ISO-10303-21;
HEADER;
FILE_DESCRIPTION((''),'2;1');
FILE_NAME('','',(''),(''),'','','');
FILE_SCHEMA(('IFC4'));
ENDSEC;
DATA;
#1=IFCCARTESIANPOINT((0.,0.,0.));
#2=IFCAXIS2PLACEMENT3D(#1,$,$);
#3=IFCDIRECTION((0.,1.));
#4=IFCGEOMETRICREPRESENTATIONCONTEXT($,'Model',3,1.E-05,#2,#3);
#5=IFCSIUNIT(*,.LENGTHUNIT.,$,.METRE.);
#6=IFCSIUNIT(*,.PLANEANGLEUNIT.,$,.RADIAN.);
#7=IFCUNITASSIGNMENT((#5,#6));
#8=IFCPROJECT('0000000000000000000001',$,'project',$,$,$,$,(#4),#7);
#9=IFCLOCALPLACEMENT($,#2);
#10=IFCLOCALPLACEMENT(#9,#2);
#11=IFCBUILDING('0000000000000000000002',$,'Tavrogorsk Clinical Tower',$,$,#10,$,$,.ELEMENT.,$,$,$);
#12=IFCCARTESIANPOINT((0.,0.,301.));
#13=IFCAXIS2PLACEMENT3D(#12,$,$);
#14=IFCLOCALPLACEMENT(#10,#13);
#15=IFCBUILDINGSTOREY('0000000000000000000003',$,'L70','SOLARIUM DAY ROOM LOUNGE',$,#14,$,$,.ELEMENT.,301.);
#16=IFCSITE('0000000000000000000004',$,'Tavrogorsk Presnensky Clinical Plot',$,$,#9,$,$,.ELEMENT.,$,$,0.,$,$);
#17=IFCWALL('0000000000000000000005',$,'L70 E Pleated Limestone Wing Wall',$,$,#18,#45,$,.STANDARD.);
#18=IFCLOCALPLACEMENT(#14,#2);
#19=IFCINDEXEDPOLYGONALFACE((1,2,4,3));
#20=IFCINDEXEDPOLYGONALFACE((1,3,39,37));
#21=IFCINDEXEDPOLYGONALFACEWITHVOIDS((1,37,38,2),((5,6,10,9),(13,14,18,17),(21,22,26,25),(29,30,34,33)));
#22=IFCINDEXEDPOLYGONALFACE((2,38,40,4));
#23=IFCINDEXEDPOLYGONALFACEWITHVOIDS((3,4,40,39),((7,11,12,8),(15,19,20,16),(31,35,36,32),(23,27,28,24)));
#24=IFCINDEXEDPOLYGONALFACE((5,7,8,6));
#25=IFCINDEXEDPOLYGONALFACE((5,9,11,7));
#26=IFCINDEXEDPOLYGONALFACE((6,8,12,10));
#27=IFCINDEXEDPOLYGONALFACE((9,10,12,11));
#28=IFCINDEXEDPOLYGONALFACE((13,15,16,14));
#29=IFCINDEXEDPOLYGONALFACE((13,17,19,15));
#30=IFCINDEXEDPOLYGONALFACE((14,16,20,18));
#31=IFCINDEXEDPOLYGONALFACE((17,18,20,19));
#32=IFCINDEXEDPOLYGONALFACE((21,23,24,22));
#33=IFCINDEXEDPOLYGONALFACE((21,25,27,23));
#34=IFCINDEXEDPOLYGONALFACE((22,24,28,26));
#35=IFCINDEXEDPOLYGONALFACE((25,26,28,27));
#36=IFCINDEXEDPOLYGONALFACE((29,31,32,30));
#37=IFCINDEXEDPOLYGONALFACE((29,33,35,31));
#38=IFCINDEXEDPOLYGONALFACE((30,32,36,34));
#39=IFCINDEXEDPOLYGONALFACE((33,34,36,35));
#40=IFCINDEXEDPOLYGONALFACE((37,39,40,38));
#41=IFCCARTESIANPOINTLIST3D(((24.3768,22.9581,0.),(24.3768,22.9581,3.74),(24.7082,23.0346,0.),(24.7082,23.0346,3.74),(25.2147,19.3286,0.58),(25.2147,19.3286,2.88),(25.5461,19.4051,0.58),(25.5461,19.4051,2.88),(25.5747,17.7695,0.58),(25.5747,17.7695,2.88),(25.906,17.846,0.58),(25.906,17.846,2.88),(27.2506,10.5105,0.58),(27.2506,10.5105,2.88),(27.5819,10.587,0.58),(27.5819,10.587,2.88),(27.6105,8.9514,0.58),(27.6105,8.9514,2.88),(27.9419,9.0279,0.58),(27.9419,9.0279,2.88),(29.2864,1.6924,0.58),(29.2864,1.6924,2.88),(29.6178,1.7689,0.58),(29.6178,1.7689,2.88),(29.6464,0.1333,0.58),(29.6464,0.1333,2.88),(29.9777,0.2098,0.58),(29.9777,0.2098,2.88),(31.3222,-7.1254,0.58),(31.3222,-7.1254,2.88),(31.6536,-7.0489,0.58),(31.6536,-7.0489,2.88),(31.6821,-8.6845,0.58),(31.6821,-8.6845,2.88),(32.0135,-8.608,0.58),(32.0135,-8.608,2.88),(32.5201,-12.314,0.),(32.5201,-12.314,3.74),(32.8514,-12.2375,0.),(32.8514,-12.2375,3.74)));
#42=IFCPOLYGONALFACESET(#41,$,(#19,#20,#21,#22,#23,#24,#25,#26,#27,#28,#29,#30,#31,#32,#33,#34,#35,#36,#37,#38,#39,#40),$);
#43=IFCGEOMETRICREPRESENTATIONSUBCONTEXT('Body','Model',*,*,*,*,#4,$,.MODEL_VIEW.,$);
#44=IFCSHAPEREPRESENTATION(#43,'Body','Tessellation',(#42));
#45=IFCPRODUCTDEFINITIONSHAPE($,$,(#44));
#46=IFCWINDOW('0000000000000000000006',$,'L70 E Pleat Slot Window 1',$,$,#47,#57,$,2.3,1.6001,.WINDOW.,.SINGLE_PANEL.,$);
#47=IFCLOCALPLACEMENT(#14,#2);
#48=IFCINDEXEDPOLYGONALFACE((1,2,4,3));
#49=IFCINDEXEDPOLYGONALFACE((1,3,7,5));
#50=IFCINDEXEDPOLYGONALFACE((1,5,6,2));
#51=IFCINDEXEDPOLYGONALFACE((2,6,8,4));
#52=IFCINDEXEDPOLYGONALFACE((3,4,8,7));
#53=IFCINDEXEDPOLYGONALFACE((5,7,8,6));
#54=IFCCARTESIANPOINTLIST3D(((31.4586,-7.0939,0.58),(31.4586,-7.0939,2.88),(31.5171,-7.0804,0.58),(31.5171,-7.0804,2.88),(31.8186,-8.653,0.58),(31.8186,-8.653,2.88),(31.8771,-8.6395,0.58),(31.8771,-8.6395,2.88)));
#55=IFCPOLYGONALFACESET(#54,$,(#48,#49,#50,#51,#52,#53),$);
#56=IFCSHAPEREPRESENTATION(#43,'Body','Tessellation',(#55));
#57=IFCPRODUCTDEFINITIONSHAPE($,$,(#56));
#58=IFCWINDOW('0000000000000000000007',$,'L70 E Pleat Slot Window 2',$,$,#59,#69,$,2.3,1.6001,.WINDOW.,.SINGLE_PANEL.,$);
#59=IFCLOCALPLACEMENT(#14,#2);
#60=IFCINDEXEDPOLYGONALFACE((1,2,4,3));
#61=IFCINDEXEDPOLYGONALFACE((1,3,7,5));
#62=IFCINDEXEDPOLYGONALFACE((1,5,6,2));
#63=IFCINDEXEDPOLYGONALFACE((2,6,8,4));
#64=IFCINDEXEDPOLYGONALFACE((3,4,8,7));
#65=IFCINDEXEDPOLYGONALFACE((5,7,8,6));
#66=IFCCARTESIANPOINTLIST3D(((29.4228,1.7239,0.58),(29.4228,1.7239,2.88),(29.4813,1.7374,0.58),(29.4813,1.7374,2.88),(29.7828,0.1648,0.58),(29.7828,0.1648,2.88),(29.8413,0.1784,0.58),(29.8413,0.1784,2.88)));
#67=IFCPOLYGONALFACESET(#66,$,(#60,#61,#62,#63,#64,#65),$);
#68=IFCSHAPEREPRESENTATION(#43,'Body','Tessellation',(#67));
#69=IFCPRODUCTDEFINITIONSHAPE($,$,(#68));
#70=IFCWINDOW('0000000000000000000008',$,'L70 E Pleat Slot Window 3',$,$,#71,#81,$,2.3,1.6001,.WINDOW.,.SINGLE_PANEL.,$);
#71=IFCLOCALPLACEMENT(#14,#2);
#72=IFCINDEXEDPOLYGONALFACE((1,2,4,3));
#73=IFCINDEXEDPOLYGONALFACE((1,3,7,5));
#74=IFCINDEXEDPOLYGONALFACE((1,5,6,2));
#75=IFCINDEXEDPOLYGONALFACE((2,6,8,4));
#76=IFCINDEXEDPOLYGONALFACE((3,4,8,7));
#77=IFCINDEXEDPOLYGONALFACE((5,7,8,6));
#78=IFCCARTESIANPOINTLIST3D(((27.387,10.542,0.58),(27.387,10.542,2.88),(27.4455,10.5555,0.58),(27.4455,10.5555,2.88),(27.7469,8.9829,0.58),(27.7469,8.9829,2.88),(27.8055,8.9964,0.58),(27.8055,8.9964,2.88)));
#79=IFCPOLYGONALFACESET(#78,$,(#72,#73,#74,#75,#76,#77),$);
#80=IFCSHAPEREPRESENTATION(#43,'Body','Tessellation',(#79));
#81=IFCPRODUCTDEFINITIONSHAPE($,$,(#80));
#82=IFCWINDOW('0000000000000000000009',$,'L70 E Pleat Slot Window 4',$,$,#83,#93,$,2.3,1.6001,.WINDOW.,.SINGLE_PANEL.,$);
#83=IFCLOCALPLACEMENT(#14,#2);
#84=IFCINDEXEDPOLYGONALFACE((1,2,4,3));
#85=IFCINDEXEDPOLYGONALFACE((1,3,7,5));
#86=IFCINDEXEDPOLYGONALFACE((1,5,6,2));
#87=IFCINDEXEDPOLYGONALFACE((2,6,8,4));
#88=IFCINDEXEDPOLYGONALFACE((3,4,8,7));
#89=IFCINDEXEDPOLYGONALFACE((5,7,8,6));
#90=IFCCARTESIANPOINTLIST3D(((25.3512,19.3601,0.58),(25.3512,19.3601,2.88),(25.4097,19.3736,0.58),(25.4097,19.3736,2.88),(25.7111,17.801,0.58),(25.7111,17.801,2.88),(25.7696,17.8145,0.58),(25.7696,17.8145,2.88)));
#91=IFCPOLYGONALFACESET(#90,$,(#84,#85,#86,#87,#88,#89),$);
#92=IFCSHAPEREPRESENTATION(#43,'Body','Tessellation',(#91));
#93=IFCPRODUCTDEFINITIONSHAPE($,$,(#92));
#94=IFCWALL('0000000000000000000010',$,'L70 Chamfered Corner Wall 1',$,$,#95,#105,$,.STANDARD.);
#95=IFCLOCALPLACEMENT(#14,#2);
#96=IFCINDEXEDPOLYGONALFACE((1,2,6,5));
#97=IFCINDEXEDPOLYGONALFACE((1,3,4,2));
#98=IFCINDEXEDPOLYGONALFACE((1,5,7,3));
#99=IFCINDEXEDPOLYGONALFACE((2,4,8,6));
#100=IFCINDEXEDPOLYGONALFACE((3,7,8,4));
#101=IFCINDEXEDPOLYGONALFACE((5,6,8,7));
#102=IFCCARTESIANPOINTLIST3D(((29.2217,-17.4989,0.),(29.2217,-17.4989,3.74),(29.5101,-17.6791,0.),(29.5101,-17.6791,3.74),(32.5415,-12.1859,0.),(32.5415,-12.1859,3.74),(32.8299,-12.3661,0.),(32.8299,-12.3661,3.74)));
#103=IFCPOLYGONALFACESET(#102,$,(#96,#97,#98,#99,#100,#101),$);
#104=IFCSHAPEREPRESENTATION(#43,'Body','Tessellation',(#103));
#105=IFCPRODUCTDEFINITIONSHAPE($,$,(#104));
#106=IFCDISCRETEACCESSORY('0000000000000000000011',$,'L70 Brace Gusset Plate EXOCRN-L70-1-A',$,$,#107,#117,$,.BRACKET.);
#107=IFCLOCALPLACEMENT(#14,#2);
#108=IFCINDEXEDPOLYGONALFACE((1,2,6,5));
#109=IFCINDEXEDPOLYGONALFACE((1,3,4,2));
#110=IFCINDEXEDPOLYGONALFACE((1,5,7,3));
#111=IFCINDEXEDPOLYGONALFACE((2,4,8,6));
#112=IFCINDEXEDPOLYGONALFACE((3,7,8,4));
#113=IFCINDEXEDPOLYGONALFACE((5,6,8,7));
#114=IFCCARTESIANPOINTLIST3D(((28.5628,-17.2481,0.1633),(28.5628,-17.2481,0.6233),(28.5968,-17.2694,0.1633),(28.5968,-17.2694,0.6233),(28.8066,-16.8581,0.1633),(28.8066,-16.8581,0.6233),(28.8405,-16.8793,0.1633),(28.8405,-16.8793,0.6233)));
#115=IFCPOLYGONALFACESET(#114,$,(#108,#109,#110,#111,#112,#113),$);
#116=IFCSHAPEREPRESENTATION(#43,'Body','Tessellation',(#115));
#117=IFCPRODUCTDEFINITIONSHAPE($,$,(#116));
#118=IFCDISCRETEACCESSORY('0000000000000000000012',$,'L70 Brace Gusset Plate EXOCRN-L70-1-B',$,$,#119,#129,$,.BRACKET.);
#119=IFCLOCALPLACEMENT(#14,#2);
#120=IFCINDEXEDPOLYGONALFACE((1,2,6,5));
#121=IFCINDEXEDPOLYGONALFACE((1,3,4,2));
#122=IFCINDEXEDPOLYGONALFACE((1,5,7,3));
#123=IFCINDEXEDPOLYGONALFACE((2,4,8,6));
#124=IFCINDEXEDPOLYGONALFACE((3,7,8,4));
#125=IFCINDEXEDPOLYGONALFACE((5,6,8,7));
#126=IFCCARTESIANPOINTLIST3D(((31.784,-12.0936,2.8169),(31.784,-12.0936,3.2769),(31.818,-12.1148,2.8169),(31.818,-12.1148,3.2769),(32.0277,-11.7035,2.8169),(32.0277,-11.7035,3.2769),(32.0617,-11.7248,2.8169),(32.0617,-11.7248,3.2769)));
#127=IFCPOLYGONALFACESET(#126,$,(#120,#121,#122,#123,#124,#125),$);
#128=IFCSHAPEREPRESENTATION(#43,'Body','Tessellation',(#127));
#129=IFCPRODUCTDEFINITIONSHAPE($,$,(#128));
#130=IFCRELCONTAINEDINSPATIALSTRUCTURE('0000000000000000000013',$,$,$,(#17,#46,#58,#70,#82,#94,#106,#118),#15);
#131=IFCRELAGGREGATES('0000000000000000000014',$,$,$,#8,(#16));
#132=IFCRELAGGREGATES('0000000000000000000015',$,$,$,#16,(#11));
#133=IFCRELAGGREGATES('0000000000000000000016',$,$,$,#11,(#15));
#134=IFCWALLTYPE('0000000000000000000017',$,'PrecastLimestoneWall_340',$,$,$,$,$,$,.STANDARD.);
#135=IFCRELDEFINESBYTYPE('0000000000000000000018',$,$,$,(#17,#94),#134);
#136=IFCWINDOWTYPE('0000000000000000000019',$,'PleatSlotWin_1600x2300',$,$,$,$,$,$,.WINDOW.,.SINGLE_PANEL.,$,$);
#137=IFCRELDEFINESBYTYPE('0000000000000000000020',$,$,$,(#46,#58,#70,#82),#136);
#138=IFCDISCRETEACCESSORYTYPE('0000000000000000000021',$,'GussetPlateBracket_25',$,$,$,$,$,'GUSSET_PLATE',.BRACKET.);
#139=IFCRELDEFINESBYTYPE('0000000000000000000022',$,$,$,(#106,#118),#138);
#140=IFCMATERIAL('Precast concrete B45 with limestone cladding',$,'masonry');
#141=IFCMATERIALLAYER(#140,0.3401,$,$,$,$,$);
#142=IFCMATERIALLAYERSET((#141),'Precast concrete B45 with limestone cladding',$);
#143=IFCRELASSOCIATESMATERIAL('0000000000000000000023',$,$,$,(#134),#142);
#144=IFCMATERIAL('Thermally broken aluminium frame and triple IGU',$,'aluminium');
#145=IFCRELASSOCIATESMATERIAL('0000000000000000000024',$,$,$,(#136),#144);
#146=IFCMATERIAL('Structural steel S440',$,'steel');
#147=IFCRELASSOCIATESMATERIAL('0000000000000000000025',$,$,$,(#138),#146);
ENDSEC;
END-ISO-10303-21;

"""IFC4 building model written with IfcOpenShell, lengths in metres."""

from ifc_helpers import new_model, si_unit, direction, frame, frame_2d, origin, origin_2d, place, context, subcontext, project, spatial, rectangle, extrude, material, layer, layer_set, type_object, element, fill, save


model = new_model("IFC4")

# Units and contexts
model_context = context("Model", 3, precision=1e-05, world=origin(), true_north=direction((0.0, 1.0)))
body_context = subcontext(model_context, "Body", "Model", "MODEL_VIEW")
ifc_project = project(units=[si_unit("LENGTHUNIT", "METRE"), si_unit("PLANEANGLEUNIT", "RADIAN")], contexts=[model_context])

# Site, building, storey
site_placement = place(None, origin())
site = spatial("IfcSite", under=ifc_project, at=site_placement, Name="Tavrogorsk Presnensky Clinical Plot", CompositionType="ELEMENT", RefElevation=0.0)
building_placement = place(site_placement, origin())
building = spatial("IfcBuilding", under=site, at=building_placement, Name="Tavrogorsk Clinical Tower", CompositionType="ELEMENT")
storey_placement = place(building_placement, frame((0.0, 0.0, 301.0)))
storey = spatial("IfcBuildingStorey", under=building, at=storey_placement, Name="L70", Description="SOLARIUM DAY ROOM LOUNGE", CompositionType="ELEMENT", Elevation=301.0)

# Wall, openings, windows
ifc_material_1 = material(Name="Precast concrete B45 with limestone cladding", Category="masonry")
ifc_layer_1 = layer(ifc_material_1, 0.3401)
ifc_layer_set_1 = layer_set([ifc_layer_1], Name="Precast concrete B45 with limestone cladding")
wall_type_1 = type_object("IfcWallType", Name="PrecastLimestoneWall_340", PredefinedType="STANDARD", material=ifc_layer_set_1)
wall_1_placement = place(storey_placement, frame((32.6858, -12.2759, 0.0), z_axis=(0.0, 0.0, 1.0), x_axis=(-0.224953, 0.97437, 0.0)))
wall_1 = element("IfcWall", 1, at=wall_1_placement, inside=storey, type_object=wall_type_1, Name="L70 E Pleated Limestone Wing Wall", PredefinedType="STANDARD", context=body_context, shape_type="SweptSolid", body=[
    extrude(rectangle(XDim=36.2, YDim=0.3401, at=frame_2d((18.1001, 0.0))), origin(), (0.0, 0.0, 1.0), 3.74),
])
opening_1_placement = place(wall_1_placement, frame((3.7251, 0.0, 0.5801)))
opening_1 = element("IfcOpeningElement", 2, at=opening_1_placement, cuts=wall_1, PredefinedType="OPENING", context=body_context, shape_type="SweptSolid", body=[
    extrude(rectangle(XDim=1.6001, YDim=2.3, at=frame_2d((0.8, 1.1499))), frame((0.0, 0.1799, 0.0), z_axis=(0.0, -1.0, 0.0), x_axis=(1.0, 0.0, 0.0)), (0.0, 0.0, 1.0), 0.3601),
])
opening_2_placement = place(wall_1_placement, frame((12.7749, 0.0, 0.5801)))
opening_2 = element("IfcOpeningElement", 3, at=opening_2_placement, cuts=wall_1, PredefinedType="OPENING", context=body_context, shape_type="SweptSolid", body=[
    extrude(rectangle(XDim=1.6001, YDim=2.3, at=frame_2d((0.8, 1.1499))), frame((0.0, 0.1799, 0.0), z_axis=(0.0, -1.0, 0.0), x_axis=(1.0, 0.0, 0.0)), (0.0, 0.0, 1.0), 0.3601),
])
opening_3_placement = place(wall_1_placement, frame((21.825, 0.0, 0.5801)))
opening_3 = element("IfcOpeningElement", 4, at=opening_3_placement, cuts=wall_1, PredefinedType="OPENING", context=body_context, shape_type="SweptSolid", body=[
    extrude(rectangle(XDim=1.6001, YDim=2.3, at=frame_2d((0.8, 1.1499))), frame((0.0, 0.1799, 0.0), z_axis=(0.0, -1.0, 0.0), x_axis=(1.0, 0.0, 0.0)), (0.0, 0.0, 1.0), 0.3601),
])
opening_4_placement = place(wall_1_placement, frame((30.875, 0.0, 0.5801)))
opening_4 = element("IfcOpeningElement", 5, at=opening_4_placement, cuts=wall_1, PredefinedType="OPENING", context=body_context, shape_type="SweptSolid", body=[
    extrude(rectangle(XDim=1.6001, YDim=2.3, at=frame_2d((0.8, 1.1499))), frame((0.0, 0.1799, 0.0), z_axis=(0.0, -1.0, 0.0), x_axis=(1.0, 0.0, 0.0)), (0.0, 0.0, 1.0), 0.3601),
])
ifc_material_2 = material(Name="Thermally broken aluminium frame and triple IGU", Category="aluminium")
window_type = type_object("IfcWindowType", Name="PleatSlotWin_1600x2300", PartitioningType="SINGLE_PANEL", PredefinedType="WINDOW", material=ifc_material_2)
window_1_placement = place(opening_1_placement, origin())
window_1 = element("IfcWindow", 6, at=window_1_placement, inside=storey, type_object=window_type, Name="L70 E Pleat Slot Window 1", OverallHeight=2.3, OverallWidth=1.6001, PartitioningType="SINGLE_PANEL", PredefinedType="WINDOW", context=body_context, shape_type="SweptSolid", body=[
    extrude(rectangle(XDim=1.6001, YDim=2.3, at=frame_2d((0.8, 1.1499))), frame((0.0, 0.03, 0.0), z_axis=(0.0, -1.0, 0.0), x_axis=(1.0, 0.0, 0.0)), (0.0, 0.0, 1.0), 0.0601),
])
fill(opening_1, window_1)
window_2_placement = place(opening_2_placement, origin())
window_2 = element("IfcWindow", 7, at=window_2_placement, inside=storey, type_object=window_type, Name="L70 E Pleat Slot Window 2", OverallHeight=2.3, OverallWidth=1.6001, PartitioningType="SINGLE_PANEL", PredefinedType="WINDOW", context=body_context, shape_type="SweptSolid", body=[
    extrude(rectangle(XDim=1.6001, YDim=2.3, at=frame_2d((0.8, 1.1499))), frame((0.0, 0.03, 0.0), z_axis=(0.0, -1.0, 0.0), x_axis=(1.0, 0.0, 0.0)), (0.0, 0.0, 1.0), 0.0601),
])
fill(opening_2, window_2)
window_3_placement = place(opening_3_placement, origin())
window_3 = element("IfcWindow", 8, at=window_3_placement, inside=storey, type_object=window_type, Name="L70 E Pleat Slot Window 3", OverallHeight=2.3, OverallWidth=1.6001, PartitioningType="SINGLE_PANEL", PredefinedType="WINDOW", context=body_context, shape_type="SweptSolid", body=[
    extrude(rectangle(XDim=1.6001, YDim=2.3, at=frame_2d((0.8, 1.1499))), frame((0.0, 0.03, 0.0), z_axis=(0.0, -1.0, 0.0), x_axis=(1.0, 0.0, 0.0)), (0.0, 0.0, 1.0), 0.0601),
])
fill(opening_3, window_3)
window_4_placement = place(opening_4_placement, origin())
window_4 = element("IfcWindow", 9, at=window_4_placement, inside=storey, type_object=window_type, Name="L70 E Pleat Slot Window 4", OverallHeight=2.3, OverallWidth=1.6001, PartitioningType="SINGLE_PANEL", PredefinedType="WINDOW", context=body_context, shape_type="SweptSolid", body=[
    extrude(rectangle(XDim=1.6001, YDim=2.3, at=frame_2d((0.8, 1.1499))), frame((0.0, 0.03, 0.0), z_axis=(0.0, -1.0, 0.0), x_axis=(1.0, 0.0, 0.0)), (0.0, 0.0, 1.0), 0.0601),
])
fill(opening_4, window_4)

# Wall
wall_2_placement = place(storey_placement, frame((29.366, -17.5889, 0.0), z_axis=(0.0, 0.0, 1.0), x_axis=(0.529908, 0.848055, 0.0)))
element("IfcWall", 10, at=wall_2_placement, inside=storey, type_object=wall_type_1, Name="L70 Chamfered Corner Wall 1", PredefinedType="STANDARD", context=body_context, shape_type="SweptSolid", body=[
    extrude(rectangle(XDim=6.2649, YDim=0.3401, at=frame_2d((3.1323, 0.0))), origin(), (0.0, 0.0, 1.0), 3.74),
])

# Discrete accessories
ifc_material_3 = material(Name="Structural steel S440", Category="steel")
discrete_accessory_type = type_object("IfcDiscreteAccessoryType", Name="GussetPlateBracket_25", ElementType="GUSSET_PLATE", PredefinedType="BRACKET", material=ifc_material_3)
for number, where, z_axis, x_axis, name in (
    (11, (28.7017, -17.0637, 0.1633), (0.0, 0.0, 1.0), (0.529919, 0.848048, 0.0), "L70 Brace Gusset Plate EXOCRN-L70-1-A"),
    (12, (31.9229, -11.9092, 2.8169), (0.0, 0.0, 1.0), (0.529919, 0.848048, 0.0), "L70 Brace Gusset Plate EXOCRN-L70-1-B"),
):
    element("IfcDiscreteAccessory", number, at=place(storey_placement, frame(where, z_axis=z_axis, x_axis=x_axis)), inside=storey, type_object=discrete_accessory_type, Name=name, PredefinedType="BRACKET", context=body_context, shape_type="SweptSolid", body=[
        extrude(rectangle(XDim=0.46, YDim=0.04, at=origin_2d()), origin(), (0.0, 0.0, 1.0), 0.46),
    ])

save(model, "model.ifc")
